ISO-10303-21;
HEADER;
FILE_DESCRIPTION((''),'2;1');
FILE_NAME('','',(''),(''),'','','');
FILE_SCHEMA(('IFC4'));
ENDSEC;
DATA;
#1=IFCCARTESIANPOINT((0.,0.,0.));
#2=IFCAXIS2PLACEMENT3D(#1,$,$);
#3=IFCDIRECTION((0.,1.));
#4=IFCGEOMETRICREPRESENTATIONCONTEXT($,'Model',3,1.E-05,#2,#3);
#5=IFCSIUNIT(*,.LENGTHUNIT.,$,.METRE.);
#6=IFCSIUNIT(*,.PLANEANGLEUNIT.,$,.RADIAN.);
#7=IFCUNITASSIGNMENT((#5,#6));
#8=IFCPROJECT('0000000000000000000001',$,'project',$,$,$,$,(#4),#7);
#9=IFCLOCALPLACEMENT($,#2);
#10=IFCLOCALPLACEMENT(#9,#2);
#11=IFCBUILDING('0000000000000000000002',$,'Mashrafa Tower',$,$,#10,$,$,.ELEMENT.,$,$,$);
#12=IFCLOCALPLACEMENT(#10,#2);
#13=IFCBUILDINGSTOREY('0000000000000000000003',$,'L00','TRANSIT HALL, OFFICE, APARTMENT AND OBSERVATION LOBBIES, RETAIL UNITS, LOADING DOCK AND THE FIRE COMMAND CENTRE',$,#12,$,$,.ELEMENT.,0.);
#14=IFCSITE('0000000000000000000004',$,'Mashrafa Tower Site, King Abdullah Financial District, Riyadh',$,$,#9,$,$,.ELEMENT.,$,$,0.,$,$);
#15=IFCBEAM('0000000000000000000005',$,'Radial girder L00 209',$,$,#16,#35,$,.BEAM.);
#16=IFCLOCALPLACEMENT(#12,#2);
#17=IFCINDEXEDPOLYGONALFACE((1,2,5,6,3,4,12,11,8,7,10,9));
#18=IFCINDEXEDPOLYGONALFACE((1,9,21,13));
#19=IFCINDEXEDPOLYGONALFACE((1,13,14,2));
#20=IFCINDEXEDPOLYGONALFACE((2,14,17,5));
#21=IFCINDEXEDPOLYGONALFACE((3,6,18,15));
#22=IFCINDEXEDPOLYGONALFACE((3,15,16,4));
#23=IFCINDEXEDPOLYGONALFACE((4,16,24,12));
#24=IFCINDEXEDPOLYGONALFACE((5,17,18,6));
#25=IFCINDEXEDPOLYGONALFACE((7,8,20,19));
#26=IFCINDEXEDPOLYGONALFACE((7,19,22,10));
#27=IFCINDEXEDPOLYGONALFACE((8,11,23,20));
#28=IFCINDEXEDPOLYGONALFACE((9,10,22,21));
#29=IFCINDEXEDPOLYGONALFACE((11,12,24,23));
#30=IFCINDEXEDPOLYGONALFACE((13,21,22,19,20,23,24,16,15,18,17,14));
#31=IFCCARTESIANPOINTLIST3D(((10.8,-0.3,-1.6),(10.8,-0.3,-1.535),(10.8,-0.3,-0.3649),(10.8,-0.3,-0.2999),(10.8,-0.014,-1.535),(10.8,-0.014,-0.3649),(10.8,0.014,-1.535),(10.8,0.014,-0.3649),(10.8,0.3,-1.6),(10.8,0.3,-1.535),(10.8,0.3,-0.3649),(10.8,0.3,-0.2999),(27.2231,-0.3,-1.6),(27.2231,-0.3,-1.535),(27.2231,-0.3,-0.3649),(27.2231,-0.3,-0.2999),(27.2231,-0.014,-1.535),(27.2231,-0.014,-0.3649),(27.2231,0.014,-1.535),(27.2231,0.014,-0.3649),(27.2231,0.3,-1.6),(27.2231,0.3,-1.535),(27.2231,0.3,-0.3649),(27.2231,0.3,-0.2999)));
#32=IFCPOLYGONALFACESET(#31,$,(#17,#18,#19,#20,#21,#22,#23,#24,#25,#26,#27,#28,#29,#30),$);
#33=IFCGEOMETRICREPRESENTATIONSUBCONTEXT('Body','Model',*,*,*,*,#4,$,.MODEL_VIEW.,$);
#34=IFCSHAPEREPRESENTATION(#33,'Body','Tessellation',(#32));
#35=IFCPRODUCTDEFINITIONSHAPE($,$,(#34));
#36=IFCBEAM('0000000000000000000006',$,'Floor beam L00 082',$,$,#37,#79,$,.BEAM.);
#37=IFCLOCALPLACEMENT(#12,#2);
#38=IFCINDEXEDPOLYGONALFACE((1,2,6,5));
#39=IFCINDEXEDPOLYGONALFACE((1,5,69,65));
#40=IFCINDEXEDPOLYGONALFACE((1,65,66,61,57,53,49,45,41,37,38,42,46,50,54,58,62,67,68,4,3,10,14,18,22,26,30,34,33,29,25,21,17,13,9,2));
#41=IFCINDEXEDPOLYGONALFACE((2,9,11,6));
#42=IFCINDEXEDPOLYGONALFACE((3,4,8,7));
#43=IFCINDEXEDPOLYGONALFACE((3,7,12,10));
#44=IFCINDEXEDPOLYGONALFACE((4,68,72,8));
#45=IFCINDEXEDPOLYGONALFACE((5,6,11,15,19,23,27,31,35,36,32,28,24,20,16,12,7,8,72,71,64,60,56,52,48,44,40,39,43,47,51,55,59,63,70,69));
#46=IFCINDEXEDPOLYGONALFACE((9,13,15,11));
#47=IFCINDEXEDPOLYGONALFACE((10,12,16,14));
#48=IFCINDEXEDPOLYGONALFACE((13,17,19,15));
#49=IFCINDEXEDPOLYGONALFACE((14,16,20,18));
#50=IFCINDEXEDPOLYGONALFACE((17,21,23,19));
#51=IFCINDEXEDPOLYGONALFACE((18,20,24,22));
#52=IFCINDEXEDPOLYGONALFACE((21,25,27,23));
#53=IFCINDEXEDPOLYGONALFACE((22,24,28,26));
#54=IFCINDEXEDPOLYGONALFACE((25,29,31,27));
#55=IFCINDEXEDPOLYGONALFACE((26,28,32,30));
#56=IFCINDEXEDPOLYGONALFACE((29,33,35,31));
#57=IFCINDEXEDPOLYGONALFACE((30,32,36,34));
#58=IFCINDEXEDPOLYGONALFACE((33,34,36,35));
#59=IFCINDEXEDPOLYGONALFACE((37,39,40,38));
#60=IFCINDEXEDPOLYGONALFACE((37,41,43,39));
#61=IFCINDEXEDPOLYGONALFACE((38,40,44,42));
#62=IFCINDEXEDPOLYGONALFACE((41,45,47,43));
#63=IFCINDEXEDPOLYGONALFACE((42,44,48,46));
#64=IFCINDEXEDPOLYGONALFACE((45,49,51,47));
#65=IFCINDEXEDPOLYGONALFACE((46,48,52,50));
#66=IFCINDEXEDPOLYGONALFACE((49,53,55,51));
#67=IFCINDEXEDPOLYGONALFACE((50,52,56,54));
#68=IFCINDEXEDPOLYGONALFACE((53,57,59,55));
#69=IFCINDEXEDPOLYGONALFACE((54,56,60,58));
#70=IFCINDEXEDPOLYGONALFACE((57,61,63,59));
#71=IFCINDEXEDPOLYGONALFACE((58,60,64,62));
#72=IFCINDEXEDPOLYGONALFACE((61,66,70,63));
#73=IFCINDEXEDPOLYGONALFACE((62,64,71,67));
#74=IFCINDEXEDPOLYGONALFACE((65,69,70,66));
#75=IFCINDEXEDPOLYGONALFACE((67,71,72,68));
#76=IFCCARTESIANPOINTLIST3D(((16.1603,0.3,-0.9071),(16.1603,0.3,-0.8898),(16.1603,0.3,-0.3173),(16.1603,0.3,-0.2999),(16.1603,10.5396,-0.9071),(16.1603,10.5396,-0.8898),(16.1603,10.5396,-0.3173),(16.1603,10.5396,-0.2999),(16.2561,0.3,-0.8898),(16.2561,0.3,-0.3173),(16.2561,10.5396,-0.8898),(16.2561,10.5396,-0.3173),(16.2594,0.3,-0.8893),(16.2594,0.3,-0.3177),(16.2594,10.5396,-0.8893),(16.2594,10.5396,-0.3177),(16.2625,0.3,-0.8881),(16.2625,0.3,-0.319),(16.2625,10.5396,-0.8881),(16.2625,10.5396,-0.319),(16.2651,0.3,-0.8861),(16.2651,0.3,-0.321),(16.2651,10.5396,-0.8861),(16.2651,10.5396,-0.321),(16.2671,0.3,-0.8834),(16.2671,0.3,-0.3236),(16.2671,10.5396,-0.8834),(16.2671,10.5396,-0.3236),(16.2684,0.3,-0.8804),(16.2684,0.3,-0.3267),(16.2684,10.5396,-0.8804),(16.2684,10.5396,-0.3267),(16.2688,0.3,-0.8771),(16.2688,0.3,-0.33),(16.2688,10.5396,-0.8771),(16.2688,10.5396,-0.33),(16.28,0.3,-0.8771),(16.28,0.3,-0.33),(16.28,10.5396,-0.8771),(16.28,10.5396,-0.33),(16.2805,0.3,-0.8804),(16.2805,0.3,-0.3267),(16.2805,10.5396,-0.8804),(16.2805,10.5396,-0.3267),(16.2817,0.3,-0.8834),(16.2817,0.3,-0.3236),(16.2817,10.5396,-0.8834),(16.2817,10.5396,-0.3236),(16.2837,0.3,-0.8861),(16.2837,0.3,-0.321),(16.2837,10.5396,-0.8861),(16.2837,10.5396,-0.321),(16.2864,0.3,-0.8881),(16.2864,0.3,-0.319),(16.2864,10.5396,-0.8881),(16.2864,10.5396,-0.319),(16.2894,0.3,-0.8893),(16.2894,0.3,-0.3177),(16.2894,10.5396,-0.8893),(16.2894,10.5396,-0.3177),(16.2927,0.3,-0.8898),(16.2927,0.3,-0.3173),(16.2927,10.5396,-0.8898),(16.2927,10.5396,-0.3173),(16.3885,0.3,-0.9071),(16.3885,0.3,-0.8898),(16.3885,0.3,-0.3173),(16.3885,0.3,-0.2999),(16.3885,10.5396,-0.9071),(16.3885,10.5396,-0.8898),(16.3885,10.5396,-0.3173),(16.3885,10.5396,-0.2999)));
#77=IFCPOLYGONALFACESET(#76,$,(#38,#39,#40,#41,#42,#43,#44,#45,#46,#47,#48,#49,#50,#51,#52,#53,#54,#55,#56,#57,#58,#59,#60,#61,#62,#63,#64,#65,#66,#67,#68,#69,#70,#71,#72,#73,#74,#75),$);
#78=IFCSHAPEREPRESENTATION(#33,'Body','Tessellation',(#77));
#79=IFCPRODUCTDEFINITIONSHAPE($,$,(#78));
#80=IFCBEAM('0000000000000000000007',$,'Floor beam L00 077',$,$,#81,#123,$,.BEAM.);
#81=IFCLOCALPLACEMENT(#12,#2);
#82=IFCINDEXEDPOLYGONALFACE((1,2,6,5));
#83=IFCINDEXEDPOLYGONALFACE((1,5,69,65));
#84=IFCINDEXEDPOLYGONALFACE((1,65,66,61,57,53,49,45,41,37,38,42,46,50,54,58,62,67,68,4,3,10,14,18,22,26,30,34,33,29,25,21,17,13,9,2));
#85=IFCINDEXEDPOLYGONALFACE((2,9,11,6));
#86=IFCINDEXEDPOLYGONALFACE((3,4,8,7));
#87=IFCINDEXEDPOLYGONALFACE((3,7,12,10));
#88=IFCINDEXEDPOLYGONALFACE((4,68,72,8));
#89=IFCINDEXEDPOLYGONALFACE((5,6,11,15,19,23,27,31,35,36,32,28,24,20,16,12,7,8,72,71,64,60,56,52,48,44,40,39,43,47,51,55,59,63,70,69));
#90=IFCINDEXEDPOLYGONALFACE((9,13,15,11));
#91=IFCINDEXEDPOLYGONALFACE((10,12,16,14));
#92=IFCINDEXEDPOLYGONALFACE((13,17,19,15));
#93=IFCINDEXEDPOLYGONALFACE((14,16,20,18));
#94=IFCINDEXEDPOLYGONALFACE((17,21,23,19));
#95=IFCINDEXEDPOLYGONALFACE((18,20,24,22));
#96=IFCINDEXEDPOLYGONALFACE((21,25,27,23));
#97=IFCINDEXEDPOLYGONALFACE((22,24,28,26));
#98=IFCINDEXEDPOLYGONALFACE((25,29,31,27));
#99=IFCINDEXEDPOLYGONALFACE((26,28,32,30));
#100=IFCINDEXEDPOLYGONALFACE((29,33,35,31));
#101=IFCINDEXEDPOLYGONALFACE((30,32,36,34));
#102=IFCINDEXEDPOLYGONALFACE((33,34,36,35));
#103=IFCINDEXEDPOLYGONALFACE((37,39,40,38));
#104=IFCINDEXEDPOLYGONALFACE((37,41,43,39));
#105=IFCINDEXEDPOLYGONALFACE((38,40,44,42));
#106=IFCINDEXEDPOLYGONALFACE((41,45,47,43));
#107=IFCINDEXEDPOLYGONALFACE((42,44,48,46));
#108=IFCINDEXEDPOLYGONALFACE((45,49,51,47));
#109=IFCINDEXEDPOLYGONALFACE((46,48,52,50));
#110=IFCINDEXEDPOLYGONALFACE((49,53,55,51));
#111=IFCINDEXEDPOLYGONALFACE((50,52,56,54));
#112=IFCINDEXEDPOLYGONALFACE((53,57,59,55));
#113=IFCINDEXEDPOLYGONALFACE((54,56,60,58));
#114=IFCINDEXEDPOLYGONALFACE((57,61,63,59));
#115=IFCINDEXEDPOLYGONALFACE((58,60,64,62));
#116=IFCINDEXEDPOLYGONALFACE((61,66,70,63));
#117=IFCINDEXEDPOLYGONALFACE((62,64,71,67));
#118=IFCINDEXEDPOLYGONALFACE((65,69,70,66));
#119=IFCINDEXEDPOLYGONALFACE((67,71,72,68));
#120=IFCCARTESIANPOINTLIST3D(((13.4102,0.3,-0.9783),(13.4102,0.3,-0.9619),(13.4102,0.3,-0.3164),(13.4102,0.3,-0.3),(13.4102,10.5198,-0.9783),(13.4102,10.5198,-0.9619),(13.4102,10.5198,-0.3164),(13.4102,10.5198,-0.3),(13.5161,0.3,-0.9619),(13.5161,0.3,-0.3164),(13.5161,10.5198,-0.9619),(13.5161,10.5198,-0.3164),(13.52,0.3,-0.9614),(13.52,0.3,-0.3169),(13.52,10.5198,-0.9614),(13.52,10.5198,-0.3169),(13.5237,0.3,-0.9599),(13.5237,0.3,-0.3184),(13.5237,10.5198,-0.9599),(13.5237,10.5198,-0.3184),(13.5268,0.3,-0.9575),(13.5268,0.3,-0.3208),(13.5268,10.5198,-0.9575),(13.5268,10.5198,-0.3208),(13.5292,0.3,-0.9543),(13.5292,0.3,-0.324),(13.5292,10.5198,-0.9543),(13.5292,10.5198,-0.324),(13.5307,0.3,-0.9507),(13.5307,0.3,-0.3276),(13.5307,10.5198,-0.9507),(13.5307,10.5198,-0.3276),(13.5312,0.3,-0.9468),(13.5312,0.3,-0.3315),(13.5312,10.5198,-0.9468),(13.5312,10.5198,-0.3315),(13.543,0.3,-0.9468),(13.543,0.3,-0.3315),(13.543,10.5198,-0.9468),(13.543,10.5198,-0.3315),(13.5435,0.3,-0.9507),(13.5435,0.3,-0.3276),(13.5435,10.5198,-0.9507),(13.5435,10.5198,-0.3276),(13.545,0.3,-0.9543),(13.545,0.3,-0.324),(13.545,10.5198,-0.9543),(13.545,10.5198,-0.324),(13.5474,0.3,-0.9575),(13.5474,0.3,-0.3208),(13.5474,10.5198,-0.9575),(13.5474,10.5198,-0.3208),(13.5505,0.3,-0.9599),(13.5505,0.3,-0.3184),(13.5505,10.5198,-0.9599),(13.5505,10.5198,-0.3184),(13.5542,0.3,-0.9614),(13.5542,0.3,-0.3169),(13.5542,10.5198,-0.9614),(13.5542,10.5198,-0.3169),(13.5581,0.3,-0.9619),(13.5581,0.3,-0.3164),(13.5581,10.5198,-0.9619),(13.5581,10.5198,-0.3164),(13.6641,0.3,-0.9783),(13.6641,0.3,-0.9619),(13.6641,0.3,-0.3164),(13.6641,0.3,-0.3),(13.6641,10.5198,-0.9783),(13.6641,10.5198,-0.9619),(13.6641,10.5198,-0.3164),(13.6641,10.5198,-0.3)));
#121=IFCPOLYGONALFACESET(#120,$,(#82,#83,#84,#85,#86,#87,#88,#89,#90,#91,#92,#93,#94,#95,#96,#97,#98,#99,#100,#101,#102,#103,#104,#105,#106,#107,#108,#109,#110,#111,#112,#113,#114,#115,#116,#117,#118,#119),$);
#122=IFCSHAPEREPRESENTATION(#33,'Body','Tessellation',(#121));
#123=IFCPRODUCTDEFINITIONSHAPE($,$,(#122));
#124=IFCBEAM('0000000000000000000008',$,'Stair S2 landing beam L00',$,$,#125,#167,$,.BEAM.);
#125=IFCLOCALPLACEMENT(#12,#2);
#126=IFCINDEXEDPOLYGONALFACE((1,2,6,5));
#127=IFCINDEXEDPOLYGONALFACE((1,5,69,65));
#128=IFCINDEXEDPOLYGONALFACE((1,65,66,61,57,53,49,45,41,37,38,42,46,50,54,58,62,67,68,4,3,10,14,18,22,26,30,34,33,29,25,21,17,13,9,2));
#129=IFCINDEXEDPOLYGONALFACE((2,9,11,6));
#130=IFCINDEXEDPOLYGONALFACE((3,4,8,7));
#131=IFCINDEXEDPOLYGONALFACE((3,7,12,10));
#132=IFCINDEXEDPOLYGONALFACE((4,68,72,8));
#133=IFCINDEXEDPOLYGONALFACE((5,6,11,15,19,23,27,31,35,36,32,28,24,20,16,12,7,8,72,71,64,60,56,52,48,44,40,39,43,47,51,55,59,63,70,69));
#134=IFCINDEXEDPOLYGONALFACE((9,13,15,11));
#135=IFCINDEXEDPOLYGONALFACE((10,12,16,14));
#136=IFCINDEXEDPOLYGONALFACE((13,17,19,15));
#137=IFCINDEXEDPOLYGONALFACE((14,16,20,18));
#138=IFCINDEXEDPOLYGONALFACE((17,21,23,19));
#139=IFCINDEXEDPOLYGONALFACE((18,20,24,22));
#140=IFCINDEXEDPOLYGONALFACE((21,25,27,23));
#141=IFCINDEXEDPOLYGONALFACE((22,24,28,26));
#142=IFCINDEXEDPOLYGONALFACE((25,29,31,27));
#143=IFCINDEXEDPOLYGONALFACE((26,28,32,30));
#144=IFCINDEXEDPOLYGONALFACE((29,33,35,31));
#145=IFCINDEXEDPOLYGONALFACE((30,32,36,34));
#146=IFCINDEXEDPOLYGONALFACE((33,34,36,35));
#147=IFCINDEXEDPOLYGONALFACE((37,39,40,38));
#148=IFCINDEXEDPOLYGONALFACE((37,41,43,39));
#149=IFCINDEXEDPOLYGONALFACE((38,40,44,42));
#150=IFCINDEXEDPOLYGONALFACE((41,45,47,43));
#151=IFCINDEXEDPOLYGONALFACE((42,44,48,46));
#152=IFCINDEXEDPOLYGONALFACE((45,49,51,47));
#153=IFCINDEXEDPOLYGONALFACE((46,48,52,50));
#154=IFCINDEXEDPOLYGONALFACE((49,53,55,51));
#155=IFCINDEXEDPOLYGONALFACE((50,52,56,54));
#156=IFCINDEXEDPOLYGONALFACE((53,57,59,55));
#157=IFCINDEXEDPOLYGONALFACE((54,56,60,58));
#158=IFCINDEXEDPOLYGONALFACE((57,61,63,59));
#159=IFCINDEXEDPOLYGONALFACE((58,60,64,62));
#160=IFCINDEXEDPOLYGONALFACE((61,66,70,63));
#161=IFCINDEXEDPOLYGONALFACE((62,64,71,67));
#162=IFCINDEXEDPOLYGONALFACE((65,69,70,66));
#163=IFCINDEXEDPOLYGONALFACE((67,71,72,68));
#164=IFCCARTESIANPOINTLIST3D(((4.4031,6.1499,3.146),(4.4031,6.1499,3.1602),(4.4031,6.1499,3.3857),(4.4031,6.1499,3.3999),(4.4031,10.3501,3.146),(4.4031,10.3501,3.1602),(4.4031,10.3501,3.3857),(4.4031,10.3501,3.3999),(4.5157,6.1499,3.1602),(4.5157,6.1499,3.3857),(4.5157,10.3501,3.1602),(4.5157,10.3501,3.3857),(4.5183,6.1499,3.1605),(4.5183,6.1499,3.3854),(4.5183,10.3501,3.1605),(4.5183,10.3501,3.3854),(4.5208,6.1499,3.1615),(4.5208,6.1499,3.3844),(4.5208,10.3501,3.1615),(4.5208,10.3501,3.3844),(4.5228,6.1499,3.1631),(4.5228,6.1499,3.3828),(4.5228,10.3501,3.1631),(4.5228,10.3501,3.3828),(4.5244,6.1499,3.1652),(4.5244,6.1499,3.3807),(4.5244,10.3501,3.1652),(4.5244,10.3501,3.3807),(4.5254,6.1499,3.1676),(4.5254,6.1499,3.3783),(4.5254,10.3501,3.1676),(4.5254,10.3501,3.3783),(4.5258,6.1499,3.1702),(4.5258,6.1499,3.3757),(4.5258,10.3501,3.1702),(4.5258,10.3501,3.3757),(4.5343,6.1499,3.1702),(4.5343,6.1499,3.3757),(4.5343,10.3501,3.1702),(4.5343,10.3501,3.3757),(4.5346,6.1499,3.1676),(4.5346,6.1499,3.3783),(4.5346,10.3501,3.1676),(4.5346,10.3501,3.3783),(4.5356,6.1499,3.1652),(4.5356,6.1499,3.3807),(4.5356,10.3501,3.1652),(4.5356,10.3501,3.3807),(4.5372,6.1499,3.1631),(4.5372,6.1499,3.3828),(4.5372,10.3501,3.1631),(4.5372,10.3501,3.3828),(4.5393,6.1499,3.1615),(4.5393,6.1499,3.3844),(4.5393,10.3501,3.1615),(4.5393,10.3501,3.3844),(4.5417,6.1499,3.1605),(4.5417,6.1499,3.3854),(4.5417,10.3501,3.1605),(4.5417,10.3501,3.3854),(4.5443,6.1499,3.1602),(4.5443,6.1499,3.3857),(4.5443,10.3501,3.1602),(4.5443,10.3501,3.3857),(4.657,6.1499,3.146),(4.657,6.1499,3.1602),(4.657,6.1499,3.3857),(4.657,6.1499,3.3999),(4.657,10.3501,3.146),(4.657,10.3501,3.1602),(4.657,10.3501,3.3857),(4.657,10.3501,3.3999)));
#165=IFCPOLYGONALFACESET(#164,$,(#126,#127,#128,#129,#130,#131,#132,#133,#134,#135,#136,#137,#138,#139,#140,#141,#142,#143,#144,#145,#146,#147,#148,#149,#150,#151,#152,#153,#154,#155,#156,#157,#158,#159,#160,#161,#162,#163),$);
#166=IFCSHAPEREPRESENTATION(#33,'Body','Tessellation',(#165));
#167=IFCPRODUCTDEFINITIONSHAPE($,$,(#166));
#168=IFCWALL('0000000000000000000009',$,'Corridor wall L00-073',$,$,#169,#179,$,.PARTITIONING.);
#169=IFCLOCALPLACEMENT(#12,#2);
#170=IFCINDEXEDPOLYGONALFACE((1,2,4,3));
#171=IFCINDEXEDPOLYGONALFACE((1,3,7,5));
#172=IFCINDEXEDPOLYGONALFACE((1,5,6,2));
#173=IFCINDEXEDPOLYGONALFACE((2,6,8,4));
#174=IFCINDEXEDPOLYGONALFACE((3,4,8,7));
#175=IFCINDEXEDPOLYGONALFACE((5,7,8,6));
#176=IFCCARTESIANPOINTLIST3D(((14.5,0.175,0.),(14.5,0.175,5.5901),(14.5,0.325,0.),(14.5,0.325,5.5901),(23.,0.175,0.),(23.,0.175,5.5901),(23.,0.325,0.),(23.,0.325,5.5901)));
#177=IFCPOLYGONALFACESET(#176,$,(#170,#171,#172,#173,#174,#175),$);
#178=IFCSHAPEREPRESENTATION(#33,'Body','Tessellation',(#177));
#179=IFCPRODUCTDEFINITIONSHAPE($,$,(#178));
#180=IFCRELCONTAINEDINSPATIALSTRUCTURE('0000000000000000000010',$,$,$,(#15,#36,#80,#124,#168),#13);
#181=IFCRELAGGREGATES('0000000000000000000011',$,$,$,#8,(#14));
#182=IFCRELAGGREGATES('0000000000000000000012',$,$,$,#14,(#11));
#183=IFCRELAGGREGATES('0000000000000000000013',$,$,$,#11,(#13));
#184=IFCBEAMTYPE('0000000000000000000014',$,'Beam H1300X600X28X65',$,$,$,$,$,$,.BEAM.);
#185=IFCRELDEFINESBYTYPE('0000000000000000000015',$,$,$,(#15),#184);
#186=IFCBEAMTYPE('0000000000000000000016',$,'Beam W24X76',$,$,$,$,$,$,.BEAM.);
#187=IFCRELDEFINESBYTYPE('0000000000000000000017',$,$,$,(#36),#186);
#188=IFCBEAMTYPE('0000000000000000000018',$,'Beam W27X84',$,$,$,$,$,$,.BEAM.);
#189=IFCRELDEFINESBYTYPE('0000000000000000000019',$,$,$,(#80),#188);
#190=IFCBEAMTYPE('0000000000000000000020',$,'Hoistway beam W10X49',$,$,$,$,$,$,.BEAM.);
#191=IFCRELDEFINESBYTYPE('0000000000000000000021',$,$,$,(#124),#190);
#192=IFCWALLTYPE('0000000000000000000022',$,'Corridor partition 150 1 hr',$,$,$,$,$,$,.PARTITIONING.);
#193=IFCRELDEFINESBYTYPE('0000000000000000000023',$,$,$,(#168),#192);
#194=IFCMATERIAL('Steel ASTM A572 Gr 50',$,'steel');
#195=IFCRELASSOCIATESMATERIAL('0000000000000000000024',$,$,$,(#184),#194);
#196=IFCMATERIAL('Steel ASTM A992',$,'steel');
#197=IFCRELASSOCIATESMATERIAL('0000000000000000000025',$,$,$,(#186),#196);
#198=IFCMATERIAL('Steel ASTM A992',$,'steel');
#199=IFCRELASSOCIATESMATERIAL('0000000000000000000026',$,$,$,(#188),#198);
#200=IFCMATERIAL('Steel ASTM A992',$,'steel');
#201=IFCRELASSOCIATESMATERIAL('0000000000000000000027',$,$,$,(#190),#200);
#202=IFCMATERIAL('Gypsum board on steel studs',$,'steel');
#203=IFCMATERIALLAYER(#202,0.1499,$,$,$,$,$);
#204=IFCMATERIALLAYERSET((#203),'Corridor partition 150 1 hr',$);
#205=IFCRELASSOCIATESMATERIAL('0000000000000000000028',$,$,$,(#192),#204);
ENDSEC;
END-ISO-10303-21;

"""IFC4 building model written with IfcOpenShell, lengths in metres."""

from ifc_helpers import new_model, si_unit, direction, frame, frame_2d, origin, origin_2d, place, context, subcontext, project, spatial, rectangle, i_section, extrude, material, layer, layer_set, material_profile, profile_set, type_object, element, save


model = new_model("IFC4")

# Units and contexts
model_context = context("Model", 3, precision=1e-05, world=origin(), true_north=direction((0.0, 1.0)))
body_context = subcontext(model_context, "Body", "Model", "MODEL_VIEW")
ifc_project = project(units=[si_unit("LENGTHUNIT", "METRE"), si_unit("PLANEANGLEUNIT", "RADIAN")], contexts=[model_context])

# Site, building, storey
site_placement = place(None, origin())
site = spatial("IfcSite", under=ifc_project, at=site_placement, Name="Mashrafa Tower Site, King Abdullah Financial District, Riyadh", CompositionType="ELEMENT", RefElevation=0.0)
building_placement = place(site_placement, origin())
building = spatial("IfcBuilding", under=site, at=building_placement, Name="Mashrafa Tower", CompositionType="ELEMENT")
storey_placement = place(building_placement, origin())
storey = spatial("IfcBuildingStorey", under=building, at=storey_placement, Name="L00", Description="TRANSIT HALL, OFFICE, APARTMENT AND OBSERVATION LOBBIES, RETAIL UNITS, LOADING DOCK AND THE FIRE COMMAND CENTRE", CompositionType="ELEMENT", Elevation=0.0)

# Beams
ifc_material_1 = material(Name="Steel ASTM A572 Gr 50", Category="steel")
ifc_material_profile_1 = material_profile(ifc_material_1, i_section(OverallWidth=0.6001, OverallDepth=1.3, WebThickness=0.0281, FlangeThickness=0.0649, at=origin_2d()), Name="H1300X600X28X65")
ifc_profile_set_1 = profile_set([ifc_material_profile_1], Name="Steel ASTM A572 Gr 50")
beam_type_1 = type_object("IfcBeamType", Name="Beam H1300X600X28X65", PredefinedType="BEAM", material=ifc_profile_set_1)
beam_1_placement = place(storey_placement, frame((10.8, 0.0, -0.95), z_axis=(1.0, 0.0, 0.0), x_axis=(0.0, 1.0, 0.0)))
element("IfcBeam", 1, at=beam_1_placement, inside=storey, type_object=beam_type_1, Name="Radial girder L00 209", PredefinedType="BEAM", context=body_context, shape_type="SweptSolid", body=[
    extrude(i_section(OverallWidth=0.6001, OverallDepth=1.3, WebThickness=0.0281, FlangeThickness=0.0649, at=origin_2d()), origin(), (0.0, 0.0, 1.0), 16.4231),
])
ifc_material_2 = material(Name="Steel ASTM A992", Category="steel")
ifc_material_profile_2 = material_profile(ifc_material_2, i_section(OverallWidth=0.2283, OverallDepth=0.6072, WebThickness=0.0112, FlangeThickness=0.0173, FilletRadius=0.0127, at=origin_2d()), Name="W24X76")
ifc_profile_set_2 = profile_set([ifc_material_profile_2], Name="Steel ASTM A992")
beam_type_2 = type_object("IfcBeamType", Name="Beam W24X76", PredefinedType="BEAM", material=ifc_profile_set_2)
beam_2_placement = place(storey_placement, frame((16.2744, 10.5396, -0.6035), z_axis=(0.0, -1.0, 0.0), x_axis=(1.0, 0.0, 0.0)))
element("IfcBeam", 2, at=beam_2_placement, inside=storey, type_object=beam_type_2, Name="Floor beam L00 082", PredefinedType="BEAM", context=body_context, shape_type="SweptSolid", body=[
    extrude(i_section(OverallWidth=0.2283, OverallDepth=0.6072, WebThickness=0.0112, FlangeThickness=0.0173, FilletRadius=0.0127, at=origin_2d()), origin(), (0.0, 0.0, 1.0), 10.2395),
])
ifc_material_3 = material(Name="Steel ASTM A992", Category="steel")
ifc_material_profile_3 = material_profile(ifc_material_3, i_section(OverallWidth=0.2539, OverallDepth=0.6782, WebThickness=0.0117, FlangeThickness=0.0164, FilletRadius=0.0151, at=origin_2d()), Name="W27X84")
ifc_profile_set_3 = profile_set([ifc_material_profile_3], Name="Steel ASTM A992")
beam_type_3 = type_object("IfcBeamType", Name="Beam W27X84", PredefinedType="BEAM", material=ifc_profile_set_3)
beam_3_placement = place(storey_placement, frame((13.5371, 10.5198, -0.6392), z_axis=(0.0, -1.0, 0.0), x_axis=(1.0, 0.0, 0.0)))
element("IfcBeam", 3, at=beam_3_placement, inside=storey, type_object=beam_type_3, Name="Floor beam L00 077", PredefinedType="BEAM", context=body_context, shape_type="SweptSolid", body=[
    extrude(i_section(OverallWidth=0.2539, OverallDepth=0.6782, WebThickness=0.0117, FlangeThickness=0.0164, FilletRadius=0.0151, at=origin_2d()), origin(), (0.0, 0.0, 1.0), 10.2197),
])
ifc_material_4 = material(Name="Steel ASTM A992", Category="steel")
ifc_material_profile_4 = material_profile(ifc_material_4, i_section(OverallWidth=0.2539, OverallDepth=0.2539, WebThickness=0.0085, FlangeThickness=0.0142, FilletRadius=0.01, at=origin_2d()), Name="W10X49")
ifc_profile_set_4 = profile_set([ifc_material_profile_4], Name="Steel ASTM A992")
beam_type_4 = type_object("IfcBeamType", Name="Hoistway beam W10X49", PredefinedType="BEAM", material=ifc_profile_set_4)
beam_4_placement = place(storey_placement, frame((4.53, 6.1499, 3.2729), z_axis=(0.0, 1.0, 0.0), x_axis=(-1.0, 0.0, 0.0)))
element("IfcBeam", 4, at=beam_4_placement, inside=storey, type_object=beam_type_4, Name="Stair S2 landing beam L00", PredefinedType="BEAM", context=body_context, shape_type="SweptSolid", body=[
    extrude(i_section(OverallWidth=0.2539, OverallDepth=0.2539, WebThickness=0.0085, FlangeThickness=0.0142, FilletRadius=0.01, at=origin_2d()), origin(), (0.0, 0.0, 1.0), 4.2002),
])

# Wall
ifc_material_5 = material(Name="Gypsum board on steel studs", Category="steel")
ifc_layer_1 = layer(ifc_material_5, 0.1499)
ifc_layer_set_1 = layer_set([ifc_layer_1], Name="Corridor partition 150 1 hr")
wall_type_1 = type_object("IfcWallType", Name="Corridor partition 150 1 hr", PredefinedType="PARTITIONING", material=ifc_layer_set_1)
wall_1_placement = place(storey_placement, frame((14.5, 0.25, 0.0), z_axis=(0.0, 0.0, 1.0), x_axis=(1.0, 0.0, 0.0)))
element("IfcWall", 5, at=wall_1_placement, inside=storey, type_object=wall_type_1, Name="Corridor wall L00-073", PredefinedType="PARTITIONING", context=body_context, shape_type="SweptSolid", body=[
    extrude(rectangle(XDim=8.5, YDim=0.1499, at=frame_2d((4.25, 0.0))), origin(), (0.0, 0.0, 1.0), 5.5901),
])

save(model, "model.ifc")
